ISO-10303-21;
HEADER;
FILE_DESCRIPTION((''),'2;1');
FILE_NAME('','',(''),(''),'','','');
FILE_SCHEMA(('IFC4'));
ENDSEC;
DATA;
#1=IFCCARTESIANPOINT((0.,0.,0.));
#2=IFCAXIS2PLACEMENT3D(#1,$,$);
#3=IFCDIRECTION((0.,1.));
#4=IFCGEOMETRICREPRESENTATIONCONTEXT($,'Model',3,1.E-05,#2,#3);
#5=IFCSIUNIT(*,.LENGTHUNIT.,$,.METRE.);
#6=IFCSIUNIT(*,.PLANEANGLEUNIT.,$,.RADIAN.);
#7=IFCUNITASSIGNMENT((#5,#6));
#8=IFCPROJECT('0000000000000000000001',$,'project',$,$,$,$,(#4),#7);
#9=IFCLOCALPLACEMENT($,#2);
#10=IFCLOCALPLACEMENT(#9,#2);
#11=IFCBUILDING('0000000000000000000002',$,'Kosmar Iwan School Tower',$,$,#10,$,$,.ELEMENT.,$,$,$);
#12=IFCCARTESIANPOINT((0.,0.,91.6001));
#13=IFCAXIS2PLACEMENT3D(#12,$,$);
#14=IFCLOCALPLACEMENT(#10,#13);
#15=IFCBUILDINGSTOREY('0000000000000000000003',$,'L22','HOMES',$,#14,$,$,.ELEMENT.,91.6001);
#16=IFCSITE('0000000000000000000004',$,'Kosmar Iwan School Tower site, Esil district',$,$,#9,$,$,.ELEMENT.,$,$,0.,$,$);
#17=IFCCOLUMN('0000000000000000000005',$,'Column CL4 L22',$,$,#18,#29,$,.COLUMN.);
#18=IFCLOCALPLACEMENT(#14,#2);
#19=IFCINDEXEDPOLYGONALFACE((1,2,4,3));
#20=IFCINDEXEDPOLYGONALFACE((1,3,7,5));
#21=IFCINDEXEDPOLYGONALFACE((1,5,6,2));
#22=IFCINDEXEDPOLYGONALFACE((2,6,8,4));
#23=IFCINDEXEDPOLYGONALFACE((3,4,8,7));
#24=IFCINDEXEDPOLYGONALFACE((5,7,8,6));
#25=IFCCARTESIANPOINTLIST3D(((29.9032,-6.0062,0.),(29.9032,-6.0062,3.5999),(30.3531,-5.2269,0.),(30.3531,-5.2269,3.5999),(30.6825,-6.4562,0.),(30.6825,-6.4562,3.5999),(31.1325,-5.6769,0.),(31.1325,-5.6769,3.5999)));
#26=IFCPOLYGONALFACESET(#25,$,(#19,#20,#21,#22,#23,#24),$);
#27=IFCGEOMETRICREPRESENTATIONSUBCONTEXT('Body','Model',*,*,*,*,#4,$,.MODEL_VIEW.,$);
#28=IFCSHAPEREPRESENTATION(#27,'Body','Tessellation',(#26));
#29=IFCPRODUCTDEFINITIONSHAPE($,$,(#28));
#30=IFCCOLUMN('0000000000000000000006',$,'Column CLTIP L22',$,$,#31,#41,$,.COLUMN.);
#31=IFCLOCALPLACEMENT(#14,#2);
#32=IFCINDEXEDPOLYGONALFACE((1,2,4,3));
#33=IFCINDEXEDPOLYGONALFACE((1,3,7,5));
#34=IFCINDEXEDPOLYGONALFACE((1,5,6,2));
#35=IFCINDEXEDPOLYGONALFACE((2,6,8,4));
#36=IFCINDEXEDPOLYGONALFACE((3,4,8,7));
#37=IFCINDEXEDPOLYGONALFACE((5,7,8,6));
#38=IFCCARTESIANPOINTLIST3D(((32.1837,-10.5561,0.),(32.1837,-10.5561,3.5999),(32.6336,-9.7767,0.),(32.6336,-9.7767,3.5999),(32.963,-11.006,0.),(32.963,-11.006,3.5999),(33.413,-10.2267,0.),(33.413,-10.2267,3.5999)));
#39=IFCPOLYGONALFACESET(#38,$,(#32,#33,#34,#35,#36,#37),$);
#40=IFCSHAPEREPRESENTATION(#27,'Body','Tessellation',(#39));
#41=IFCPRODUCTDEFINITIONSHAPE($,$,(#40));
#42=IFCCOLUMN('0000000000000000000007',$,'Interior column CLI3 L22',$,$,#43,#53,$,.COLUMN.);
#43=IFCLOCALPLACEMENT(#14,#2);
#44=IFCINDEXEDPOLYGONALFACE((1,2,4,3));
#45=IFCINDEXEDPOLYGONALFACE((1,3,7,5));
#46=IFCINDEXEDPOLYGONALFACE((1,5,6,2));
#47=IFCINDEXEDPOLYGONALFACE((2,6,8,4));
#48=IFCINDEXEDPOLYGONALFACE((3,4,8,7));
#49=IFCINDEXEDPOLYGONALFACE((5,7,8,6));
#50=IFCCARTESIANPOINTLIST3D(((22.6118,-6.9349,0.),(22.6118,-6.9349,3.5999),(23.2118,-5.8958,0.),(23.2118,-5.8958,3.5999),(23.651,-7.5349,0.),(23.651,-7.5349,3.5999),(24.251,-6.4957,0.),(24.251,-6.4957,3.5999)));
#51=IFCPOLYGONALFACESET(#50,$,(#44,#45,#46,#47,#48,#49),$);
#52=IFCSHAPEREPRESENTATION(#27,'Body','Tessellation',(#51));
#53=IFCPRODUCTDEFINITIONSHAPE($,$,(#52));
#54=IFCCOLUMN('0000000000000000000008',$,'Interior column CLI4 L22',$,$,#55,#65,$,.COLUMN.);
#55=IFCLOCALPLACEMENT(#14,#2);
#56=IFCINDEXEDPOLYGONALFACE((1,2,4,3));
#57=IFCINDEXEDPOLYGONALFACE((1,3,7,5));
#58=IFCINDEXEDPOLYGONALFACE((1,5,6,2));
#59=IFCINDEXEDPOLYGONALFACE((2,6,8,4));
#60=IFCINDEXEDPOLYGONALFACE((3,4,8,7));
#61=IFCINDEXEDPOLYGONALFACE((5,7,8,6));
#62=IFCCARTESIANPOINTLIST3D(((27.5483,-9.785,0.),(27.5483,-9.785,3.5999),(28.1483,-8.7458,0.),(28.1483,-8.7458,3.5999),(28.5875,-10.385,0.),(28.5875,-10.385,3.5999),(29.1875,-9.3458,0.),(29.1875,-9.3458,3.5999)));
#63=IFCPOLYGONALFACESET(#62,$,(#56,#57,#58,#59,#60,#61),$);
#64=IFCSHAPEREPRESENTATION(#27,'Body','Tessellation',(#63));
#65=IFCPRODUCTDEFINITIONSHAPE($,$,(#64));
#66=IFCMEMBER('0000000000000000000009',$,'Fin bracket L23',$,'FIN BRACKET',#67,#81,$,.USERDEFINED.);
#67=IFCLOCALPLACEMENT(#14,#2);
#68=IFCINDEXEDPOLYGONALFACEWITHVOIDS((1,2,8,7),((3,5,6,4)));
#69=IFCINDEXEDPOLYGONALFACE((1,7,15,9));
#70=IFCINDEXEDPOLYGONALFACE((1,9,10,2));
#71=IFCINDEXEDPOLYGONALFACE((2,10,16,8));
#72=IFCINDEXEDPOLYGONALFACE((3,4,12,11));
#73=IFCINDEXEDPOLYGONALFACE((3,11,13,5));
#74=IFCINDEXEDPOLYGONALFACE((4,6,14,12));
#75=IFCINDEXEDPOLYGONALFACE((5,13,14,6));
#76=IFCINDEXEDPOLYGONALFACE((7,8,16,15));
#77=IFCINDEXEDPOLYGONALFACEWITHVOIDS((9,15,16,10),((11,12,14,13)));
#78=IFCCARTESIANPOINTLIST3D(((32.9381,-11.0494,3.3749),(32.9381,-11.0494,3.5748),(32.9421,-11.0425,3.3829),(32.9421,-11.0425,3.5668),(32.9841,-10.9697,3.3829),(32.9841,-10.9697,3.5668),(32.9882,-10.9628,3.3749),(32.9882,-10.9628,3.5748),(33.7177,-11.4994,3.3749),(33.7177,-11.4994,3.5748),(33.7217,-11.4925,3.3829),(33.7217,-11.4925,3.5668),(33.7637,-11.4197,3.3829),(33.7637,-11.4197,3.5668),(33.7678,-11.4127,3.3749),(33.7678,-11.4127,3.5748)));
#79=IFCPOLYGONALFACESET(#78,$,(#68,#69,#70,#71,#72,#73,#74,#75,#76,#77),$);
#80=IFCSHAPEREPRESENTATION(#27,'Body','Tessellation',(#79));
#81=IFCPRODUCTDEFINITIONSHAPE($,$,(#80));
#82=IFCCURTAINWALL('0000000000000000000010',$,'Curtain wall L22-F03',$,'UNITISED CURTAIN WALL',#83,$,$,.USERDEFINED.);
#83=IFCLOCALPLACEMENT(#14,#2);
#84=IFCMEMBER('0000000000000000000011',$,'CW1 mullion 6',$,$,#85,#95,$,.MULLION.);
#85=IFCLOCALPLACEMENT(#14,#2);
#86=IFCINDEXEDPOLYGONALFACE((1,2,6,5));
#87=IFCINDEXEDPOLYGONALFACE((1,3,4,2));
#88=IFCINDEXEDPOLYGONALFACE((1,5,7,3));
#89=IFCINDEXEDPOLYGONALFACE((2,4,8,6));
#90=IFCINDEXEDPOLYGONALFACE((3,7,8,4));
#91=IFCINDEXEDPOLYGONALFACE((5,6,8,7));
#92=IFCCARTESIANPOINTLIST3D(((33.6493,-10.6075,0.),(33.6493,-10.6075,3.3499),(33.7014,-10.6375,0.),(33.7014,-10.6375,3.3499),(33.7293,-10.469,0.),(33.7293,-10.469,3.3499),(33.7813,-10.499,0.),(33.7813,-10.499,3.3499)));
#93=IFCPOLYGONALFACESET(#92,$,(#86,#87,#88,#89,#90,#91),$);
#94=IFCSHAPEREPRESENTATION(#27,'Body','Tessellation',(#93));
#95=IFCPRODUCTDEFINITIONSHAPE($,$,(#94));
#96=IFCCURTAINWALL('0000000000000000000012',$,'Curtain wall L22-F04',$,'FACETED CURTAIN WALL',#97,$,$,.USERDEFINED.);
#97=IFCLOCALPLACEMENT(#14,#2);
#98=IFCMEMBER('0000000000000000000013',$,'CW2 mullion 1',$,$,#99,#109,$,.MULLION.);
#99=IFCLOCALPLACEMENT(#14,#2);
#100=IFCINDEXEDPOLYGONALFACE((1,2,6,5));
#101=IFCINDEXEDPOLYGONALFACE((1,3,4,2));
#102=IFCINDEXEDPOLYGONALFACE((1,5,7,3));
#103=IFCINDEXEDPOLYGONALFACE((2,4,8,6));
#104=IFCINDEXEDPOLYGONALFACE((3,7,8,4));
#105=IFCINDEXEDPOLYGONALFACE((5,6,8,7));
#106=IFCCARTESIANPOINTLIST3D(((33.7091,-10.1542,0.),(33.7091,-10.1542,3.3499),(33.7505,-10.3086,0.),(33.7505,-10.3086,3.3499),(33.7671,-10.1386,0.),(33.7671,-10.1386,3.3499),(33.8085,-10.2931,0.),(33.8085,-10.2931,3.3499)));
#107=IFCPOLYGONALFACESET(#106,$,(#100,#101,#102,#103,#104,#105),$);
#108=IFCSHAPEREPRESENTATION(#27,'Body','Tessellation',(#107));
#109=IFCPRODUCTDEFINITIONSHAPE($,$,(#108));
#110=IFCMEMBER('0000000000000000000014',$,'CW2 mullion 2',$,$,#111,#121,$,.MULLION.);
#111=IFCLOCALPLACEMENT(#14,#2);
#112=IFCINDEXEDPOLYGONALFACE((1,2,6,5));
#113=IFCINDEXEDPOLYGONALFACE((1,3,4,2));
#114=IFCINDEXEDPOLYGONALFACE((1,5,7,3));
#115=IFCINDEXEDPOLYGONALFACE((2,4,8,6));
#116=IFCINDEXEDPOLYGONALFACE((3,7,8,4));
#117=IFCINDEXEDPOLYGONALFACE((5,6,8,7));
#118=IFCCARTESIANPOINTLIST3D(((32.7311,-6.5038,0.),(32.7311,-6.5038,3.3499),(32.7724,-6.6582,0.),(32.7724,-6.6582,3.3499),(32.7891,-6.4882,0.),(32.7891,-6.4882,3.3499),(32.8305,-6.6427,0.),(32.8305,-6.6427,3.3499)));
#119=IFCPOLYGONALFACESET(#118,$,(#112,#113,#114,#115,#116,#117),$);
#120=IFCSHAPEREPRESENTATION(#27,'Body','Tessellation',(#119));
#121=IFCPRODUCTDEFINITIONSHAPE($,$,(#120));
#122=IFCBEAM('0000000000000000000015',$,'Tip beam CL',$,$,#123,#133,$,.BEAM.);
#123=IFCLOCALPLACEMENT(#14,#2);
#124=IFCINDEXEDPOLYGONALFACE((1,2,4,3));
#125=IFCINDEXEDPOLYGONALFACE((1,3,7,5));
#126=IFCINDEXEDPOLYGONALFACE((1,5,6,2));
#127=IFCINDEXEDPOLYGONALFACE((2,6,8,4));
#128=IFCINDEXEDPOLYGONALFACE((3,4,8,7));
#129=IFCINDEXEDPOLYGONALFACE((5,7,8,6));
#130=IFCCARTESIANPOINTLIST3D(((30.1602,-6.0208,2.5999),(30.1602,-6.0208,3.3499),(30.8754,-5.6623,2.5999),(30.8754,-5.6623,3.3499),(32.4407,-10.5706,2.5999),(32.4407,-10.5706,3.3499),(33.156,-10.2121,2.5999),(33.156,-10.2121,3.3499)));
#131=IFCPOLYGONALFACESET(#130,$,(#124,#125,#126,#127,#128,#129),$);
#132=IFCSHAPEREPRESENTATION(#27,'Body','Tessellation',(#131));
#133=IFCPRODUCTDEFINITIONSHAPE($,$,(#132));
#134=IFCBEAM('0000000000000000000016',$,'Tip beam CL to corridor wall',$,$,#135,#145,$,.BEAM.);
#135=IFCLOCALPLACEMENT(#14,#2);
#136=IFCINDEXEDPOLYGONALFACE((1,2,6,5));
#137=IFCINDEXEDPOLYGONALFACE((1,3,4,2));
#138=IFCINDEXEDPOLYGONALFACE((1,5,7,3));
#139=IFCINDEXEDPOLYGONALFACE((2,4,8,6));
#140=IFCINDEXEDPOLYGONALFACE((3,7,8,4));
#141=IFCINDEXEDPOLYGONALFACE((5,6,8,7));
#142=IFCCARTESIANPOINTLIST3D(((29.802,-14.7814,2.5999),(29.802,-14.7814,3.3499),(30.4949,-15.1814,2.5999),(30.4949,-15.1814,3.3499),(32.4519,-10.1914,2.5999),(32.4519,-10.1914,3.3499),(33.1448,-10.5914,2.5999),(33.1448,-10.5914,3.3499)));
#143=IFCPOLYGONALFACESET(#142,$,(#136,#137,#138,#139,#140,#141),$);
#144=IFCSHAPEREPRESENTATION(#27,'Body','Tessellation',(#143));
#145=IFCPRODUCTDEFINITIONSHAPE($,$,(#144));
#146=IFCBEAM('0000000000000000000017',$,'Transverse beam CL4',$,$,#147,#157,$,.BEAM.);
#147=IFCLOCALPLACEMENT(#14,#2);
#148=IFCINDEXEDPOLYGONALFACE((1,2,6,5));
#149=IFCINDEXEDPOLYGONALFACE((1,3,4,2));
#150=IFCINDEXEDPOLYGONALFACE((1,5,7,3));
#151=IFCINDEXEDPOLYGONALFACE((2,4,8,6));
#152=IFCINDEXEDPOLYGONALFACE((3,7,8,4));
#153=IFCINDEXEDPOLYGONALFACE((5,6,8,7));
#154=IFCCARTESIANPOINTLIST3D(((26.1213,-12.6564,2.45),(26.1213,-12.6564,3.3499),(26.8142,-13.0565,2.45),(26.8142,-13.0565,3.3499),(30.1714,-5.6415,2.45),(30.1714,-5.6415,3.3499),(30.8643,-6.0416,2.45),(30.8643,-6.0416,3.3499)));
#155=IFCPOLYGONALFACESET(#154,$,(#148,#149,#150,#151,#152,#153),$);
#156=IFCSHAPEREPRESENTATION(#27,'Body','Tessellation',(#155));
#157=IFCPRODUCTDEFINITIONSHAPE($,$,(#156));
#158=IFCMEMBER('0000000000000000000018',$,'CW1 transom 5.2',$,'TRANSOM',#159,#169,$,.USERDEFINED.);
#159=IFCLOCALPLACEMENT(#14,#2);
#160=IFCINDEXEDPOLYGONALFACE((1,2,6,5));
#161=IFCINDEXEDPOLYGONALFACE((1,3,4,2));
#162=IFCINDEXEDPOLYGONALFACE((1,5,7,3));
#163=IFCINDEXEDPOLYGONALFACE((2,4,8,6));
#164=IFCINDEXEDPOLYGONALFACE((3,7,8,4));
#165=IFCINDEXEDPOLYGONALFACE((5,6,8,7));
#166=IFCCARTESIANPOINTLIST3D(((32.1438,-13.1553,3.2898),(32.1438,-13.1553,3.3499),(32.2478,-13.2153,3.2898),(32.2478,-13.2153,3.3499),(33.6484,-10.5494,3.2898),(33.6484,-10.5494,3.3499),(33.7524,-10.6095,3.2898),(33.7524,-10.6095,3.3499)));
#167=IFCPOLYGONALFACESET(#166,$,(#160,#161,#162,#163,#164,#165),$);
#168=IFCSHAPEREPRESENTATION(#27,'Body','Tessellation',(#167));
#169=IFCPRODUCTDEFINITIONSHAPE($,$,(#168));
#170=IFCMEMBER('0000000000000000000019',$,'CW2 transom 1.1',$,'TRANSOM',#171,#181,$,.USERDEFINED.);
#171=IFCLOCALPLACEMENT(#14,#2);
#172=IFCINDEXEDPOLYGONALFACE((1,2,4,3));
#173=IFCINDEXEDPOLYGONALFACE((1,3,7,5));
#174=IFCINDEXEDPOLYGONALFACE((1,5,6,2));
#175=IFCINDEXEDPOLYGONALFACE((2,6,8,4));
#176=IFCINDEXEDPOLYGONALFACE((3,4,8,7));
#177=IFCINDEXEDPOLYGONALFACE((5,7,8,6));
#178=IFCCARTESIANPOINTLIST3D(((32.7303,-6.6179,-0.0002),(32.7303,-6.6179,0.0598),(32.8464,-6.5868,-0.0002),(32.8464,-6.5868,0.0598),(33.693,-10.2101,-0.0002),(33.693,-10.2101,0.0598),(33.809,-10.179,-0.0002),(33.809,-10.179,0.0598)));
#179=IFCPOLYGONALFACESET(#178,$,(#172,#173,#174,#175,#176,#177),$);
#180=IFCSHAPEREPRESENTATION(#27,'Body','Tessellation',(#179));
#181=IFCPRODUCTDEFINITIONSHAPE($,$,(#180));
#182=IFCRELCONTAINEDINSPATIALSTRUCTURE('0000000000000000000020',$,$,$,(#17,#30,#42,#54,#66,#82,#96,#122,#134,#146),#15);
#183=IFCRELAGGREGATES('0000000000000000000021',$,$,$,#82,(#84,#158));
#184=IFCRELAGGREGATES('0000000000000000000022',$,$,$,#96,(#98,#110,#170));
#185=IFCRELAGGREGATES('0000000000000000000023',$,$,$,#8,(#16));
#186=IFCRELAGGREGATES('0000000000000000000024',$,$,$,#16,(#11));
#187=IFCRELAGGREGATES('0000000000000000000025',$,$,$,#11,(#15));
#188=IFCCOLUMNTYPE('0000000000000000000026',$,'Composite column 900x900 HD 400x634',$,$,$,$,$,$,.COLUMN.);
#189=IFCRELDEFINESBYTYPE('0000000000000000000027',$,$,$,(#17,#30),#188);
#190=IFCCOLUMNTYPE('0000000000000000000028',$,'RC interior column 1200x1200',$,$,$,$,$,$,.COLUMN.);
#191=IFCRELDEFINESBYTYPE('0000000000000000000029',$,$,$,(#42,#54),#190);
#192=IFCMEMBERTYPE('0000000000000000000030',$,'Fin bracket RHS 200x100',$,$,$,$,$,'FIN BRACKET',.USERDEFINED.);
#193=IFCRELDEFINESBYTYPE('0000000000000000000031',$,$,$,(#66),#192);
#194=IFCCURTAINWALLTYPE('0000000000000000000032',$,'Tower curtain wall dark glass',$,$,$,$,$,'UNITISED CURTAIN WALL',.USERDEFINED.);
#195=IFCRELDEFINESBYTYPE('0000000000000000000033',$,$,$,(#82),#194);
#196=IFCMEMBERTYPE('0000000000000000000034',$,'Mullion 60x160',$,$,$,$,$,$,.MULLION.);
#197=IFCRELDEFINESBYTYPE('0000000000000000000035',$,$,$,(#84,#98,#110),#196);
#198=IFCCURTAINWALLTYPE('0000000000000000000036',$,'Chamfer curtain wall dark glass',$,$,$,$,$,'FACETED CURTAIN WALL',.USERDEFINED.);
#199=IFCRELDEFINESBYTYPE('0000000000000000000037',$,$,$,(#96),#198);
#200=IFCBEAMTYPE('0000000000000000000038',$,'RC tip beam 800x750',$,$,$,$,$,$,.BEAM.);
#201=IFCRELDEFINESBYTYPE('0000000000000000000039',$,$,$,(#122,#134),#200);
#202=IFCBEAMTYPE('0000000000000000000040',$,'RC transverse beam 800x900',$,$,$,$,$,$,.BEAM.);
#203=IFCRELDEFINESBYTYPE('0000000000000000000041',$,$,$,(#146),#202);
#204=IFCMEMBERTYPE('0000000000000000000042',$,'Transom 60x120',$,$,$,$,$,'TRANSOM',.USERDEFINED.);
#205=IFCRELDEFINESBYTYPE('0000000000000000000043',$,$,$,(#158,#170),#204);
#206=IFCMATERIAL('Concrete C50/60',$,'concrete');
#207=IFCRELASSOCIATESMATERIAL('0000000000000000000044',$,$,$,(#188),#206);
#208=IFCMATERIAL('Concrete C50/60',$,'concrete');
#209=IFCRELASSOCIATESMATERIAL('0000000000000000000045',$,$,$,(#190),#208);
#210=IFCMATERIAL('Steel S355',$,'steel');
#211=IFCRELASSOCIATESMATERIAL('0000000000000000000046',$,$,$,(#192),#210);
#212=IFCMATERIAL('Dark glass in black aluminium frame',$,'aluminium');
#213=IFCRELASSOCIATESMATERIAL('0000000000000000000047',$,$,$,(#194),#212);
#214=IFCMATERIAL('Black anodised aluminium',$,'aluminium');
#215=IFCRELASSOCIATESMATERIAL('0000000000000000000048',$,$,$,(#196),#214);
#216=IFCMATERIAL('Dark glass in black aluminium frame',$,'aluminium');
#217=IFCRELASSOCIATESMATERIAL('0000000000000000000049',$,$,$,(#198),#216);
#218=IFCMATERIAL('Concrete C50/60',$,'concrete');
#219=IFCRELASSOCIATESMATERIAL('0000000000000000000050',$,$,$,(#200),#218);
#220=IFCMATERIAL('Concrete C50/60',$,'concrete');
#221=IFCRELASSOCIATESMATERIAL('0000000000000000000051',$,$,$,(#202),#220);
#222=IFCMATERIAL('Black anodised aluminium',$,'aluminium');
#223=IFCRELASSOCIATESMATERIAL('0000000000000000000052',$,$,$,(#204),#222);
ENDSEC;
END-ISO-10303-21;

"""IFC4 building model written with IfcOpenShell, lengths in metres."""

from ifc_helpers import new_model, si_unit, direction, frame, origin, origin_2d, place, context, subcontext, project, spatial, rectangle, hollow_rectangle, extrude, material, material_profile, profile_set, type_object, element, aggregate, save


model = new_model("IFC4")

# Units and contexts
model_context = context("Model", 3, precision=1e-05, world=origin(), true_north=direction((0.0, 1.0)))
body_context = subcontext(model_context, "Body", "Model", "MODEL_VIEW")
ifc_project = project(units=[si_unit("LENGTHUNIT", "METRE"), si_unit("PLANEANGLEUNIT", "RADIAN")], contexts=[model_context])

# Site, building, storey
site_placement = place(None, origin())
site = spatial("IfcSite", under=ifc_project, at=site_placement, Name="Kosmar Iwan School Tower site, Esil district", CompositionType="ELEMENT", RefElevation=0.0)
building_placement = place(site_placement, origin())
building = spatial("IfcBuilding", under=site, at=building_placement, Name="Kosmar Iwan School Tower", CompositionType="ELEMENT")
storey_placement = place(building_placement, frame((0.0, 0.0, 91.6001)))
storey = spatial("IfcBuildingStorey", under=building, at=storey_placement, Name="L22", Description="HOMES", CompositionType="ELEMENT", Elevation=91.6001)

# Columns
ifc_material_1 = material(Name="Concrete C50/60", Category="concrete")
ifc_material_profile_1 = material_profile(ifc_material_1, rectangle(XDim=0.8999, YDim=0.8999, at=origin_2d()), Name="RC 900x900 + HD 400x634")
ifc_profile_set_1 = profile_set([ifc_material_profile_1], Name="Concrete C50/60")
column_type_1 = type_object("IfcColumnType", Name="Composite column 900x900 HD 400x634", PredefinedType="COLUMN", material=ifc_profile_set_1)
for number, where, z_axis, x_axis, name in (
    (1, (30.5178, -5.8416, 0.0), (0.0, 0.0, 1.0), (0.866025, -0.5, 0.0), "Column CL4 L22"),
    (2, (32.7983, -10.3914, 0.0), (0.0, 0.0, 1.0), (0.866025, -0.5, 0.0), "Column CLTIP L22"),
):
    element("IfcColumn", number, at=place(storey_placement, frame(where, z_axis=z_axis, x_axis=x_axis)), inside=storey, type_object=column_type_1, Name=name, PredefinedType="COLUMN", context=body_context, shape_type="SweptSolid", body=[
        extrude(rectangle(XDim=0.8999, YDim=0.8999, at=origin_2d()), origin(), (0.0, 0.0, 1.0), 3.5999),
    ])
ifc_material_2 = material(Name="Concrete C50/60", Category="concrete")
ifc_material_profile_2 = material_profile(ifc_material_2, rectangle(XDim=1.2, YDim=1.2, at=origin_2d()), Name="RC 1200x1200")
ifc_profile_set_2 = profile_set([ifc_material_profile_2], Name="Concrete C50/60")
column_type_2 = type_object("IfcColumnType", Name="RC interior column 1200x1200", PredefinedType="COLUMN", material=ifc_profile_set_2)
for number, where, z_axis, x_axis, name in (
    (3, (23.4314, -6.7153, 0.0), (0.0, 0.0, 1.0), (0.866025, -0.5, 0.0), "Interior column CLI3 L22"),
    (4, (28.3679, -9.5654, 0.0), (0.0, 0.0, 1.0), (0.866025, -0.5, 0.0), "Interior column CLI4 L22"),
):
    element("IfcColumn", number, at=place(storey_placement, frame(where, z_axis=z_axis, x_axis=x_axis)), inside=storey, type_object=column_type_2, Name=name, PredefinedType="COLUMN", context=body_context, shape_type="SweptSolid", body=[
        extrude(rectangle(XDim=1.2, YDim=1.2, at=origin_2d()), origin(), (0.0, 0.0, 1.0), 3.5999),
    ])

# Member
ifc_material_3 = material(Name="Steel S355", Category="steel")
ifc_material_profile_3 = material_profile(ifc_material_3, hollow_rectangle(XDim=0.1001, YDim=0.2, WallThickness=0.0081, at=origin_2d()), Name="RHS 200x100x8")
ifc_profile_set_3 = profile_set([ifc_material_profile_3], Name="Steel S355")
member_type_1 = type_object("IfcMemberType", Name="Fin bracket RHS 200x100", ElementType="FIN BRACKET", PredefinedType="USERDEFINED", material=ifc_profile_set_3)
member_1_placement = place(storey_placement, frame((32.9631, -11.0061, 3.4749), z_axis=(0.866082, -0.499902, 0.0), x_axis=(0.499902, 0.866082, 0.0)))
element("IfcMember", 5, at=member_1_placement, inside=storey, type_object=member_type_1, Name="Fin bracket L23", ObjectType="FIN BRACKET", PredefinedType="USERDEFINED", context=body_context, shape_type="SweptSolid", body=[
    extrude(hollow_rectangle(XDim=0.1001, YDim=0.2, WallThickness=0.0081, at=origin_2d()), origin(), (0.0, 0.0, 1.0), 0.9001),
])

# Curtain wall, member
ifc_material_4 = material(Name="Dark glass in black aluminium frame", Category="aluminium")
curtain_wall_type_1 = type_object("IfcCurtainWallType", Name="Tower curtain wall dark glass", ElementType="UNITISED CURTAIN WALL", PredefinedType="USERDEFINED", material=ifc_material_4)
curtain_wall_1_placement = place(storey_placement, origin())
curtain_wall_1 = element("IfcCurtainWall", 6, at=curtain_wall_1_placement, inside=storey, type_object=curtain_wall_type_1, Name="Curtain wall L22-F03", ObjectType="UNITISED CURTAIN WALL", PredefinedType="USERDEFINED")
ifc_material_5 = material(Name="Black anodised aluminium", Category="aluminium")
ifc_material_profile_4 = material_profile(ifc_material_5, rectangle(XDim=0.0601, YDim=0.1599, at=origin_2d()), Name="MULLION 60x160")
ifc_profile_set_4 = profile_set([ifc_material_profile_4], Name="Black anodised aluminium")
member_type_2 = type_object("IfcMemberType", Name="Mullion 60x160", PredefinedType="MULLION", material=ifc_profile_set_4)
member_2_placement = place(storey_placement, frame((33.7153, -10.5532, 0.0), z_axis=(0.0, 0.0, 1.0), x_axis=(-0.866025, 0.5, 0.0)))
member_2 = element("IfcMember", 7, at=member_2_placement, type_object=member_type_2, Name="CW1 mullion 6", PredefinedType="MULLION", context=body_context, shape_type="SweptSolid", body=[
    extrude(rectangle(XDim=0.0601, YDim=0.1599, at=origin_2d()), origin(), (0.0, 0.0, 1.0), 3.3499),
])

# Curtain wall, members
ifc_material_6 = material(Name="Dark glass in black aluminium frame", Category="aluminium")
curtain_wall_type_2 = type_object("IfcCurtainWallType", Name="Chamfer curtain wall dark glass", ElementType="FACETED CURTAIN WALL", PredefinedType="USERDEFINED", material=ifc_material_6)
curtain_wall_2_placement = place(storey_placement, origin())
curtain_wall_2 = element("IfcCurtainWall", 8, at=curtain_wall_2_placement, inside=storey, type_object=curtain_wall_type_2, Name="Curtain wall L22-F04", ObjectType="FACETED CURTAIN WALL", PredefinedType="USERDEFINED")
member_3_placement = place(storey_placement, frame((33.7588, -10.2236, 0.0), z_axis=(0.0, 0.0, 1.0), x_axis=(-0.965926, -0.258819, 0.0)))
member_3 = element("IfcMember", 9, at=member_3_placement, type_object=member_type_2, Name="CW2 mullion 1", PredefinedType="MULLION", context=body_context, shape_type="SweptSolid", body=[
    extrude(rectangle(XDim=0.0601, YDim=0.1599, at=origin_2d()), origin(), (0.0, 0.0, 1.0), 3.3499),
])
member_4_placement = place(storey_placement, frame((32.7808, -6.5732, 0.0), z_axis=(0.0, 0.0, 1.0), x_axis=(-0.965926, -0.258819, 0.0)))
member_4 = element("IfcMember", 10, at=member_4_placement, type_object=member_type_2, Name="CW2 mullion 2", PredefinedType="MULLION", context=body_context, shape_type="SweptSolid", body=[
    extrude(rectangle(XDim=0.0601, YDim=0.1599, at=origin_2d()), origin(), (0.0, 0.0, 1.0), 3.3499),
])

# Beams
ifc_material_7 = material(Name="Concrete C50/60", Category="concrete")
ifc_material_profile_5 = material_profile(ifc_material_7, rectangle(XDim=0.8, YDim=0.75, at=origin_2d()), Name="RC 800x750")
ifc_profile_set_5 = profile_set([ifc_material_profile_5], Name="Concrete C50/60")
beam_type_1 = type_object("IfcBeamType", Name="RC tip beam 800x750", PredefinedType="BEAM", material=ifc_profile_set_5)
beam_1_placement = place(storey_placement, frame((30.5178, -5.8416, 2.9749), z_axis=(0.448096, -0.893985, 0.0), x_axis=(0.893985, 0.448096, 0.0)))
element("IfcBeam", 11, at=beam_1_placement, inside=storey, type_object=beam_type_1, Name="Tip beam CL", PredefinedType="BEAM", context=body_context, shape_type="SweptSolid", body=[
    extrude(rectangle(XDim=0.8, YDim=0.75, at=origin_2d()), origin(), (0.0, 0.0, 1.0), 5.0894),
])
beam_2_placement = place(storey_placement, frame((32.7983, -10.3914, 2.9749), z_axis=(-0.499974, -0.866041, 0.0), x_axis=(0.866041, -0.499974, 0.0)))
element("IfcBeam", 12, at=beam_2_placement, inside=storey, type_object=beam_type_1, Name="Tip beam CL to corridor wall", PredefinedType="BEAM", context=body_context, shape_type="SweptSolid", body=[
    extrude(rectangle(XDim=0.8, YDim=0.75, at=origin_2d()), origin(), (0.0, 0.0, 1.0), 5.3),
])
ifc_material_8 = material(Name="Concrete C50/60", Category="concrete")
ifc_material_profile_6 = material_profile(ifc_material_8, rectangle(XDim=0.8, YDim=0.8999, at=origin_2d()), Name="RC 800x900")
ifc_profile_set_6 = profile_set([ifc_material_profile_6], Name="Concrete C50/60")
beam_type_2 = type_object("IfcBeamType", Name="RC transverse beam 800x900", PredefinedType="BEAM", material=ifc_profile_set_6)
beam_3_placement = place(storey_placement, frame((30.5178, -5.8416, 2.8999), z_axis=(-0.5, -0.866025, 0.0), x_axis=(0.866025, -0.5, 0.0)))
element("IfcBeam", 13, at=beam_3_placement, inside=storey, type_object=beam_type_2, Name="Transverse beam CL4", PredefinedType="BEAM", context=body_context, shape_type="SweptSolid", body=[
    extrude(rectangle(XDim=0.8, YDim=0.8999, at=origin_2d()), origin(), (0.0, 0.0, 1.0), 8.1001),
])

# Members
ifc_material_9 = material(Name="Black anodised aluminium", Category="aluminium")
ifc_material_profile_7 = material_profile(ifc_material_9, rectangle(XDim=0.1201, YDim=0.0601, at=origin_2d()), Name="TRANSOM 60x120")
ifc_profile_set_7 = profile_set([ifc_material_profile_7], Name="Black anodised aluminium")
member_type_3 = type_object("IfcMemberType", Name="Transom 60x120", ElementType="TRANSOM", PredefinedType="USERDEFINED", material=ifc_profile_set_7)
member_5_placement = place(storey_placement, frame((32.1958, -13.1853, 3.3198), z_axis=(0.500022, 0.866013, 0.0), x_axis=(-0.866013, 0.500022, 0.0)))
member_5 = element("IfcMember", 14, at=member_5_placement, type_object=member_type_3, Name="CW1 transom 5.2", ObjectType="TRANSOM", PredefinedType="USERDEFINED", context=body_context, shape_type="SweptSolid", body=[
    extrude(rectangle(XDim=0.1201, YDim=0.0601, at=origin_2d()), origin(), (0.0, 0.0, 1.0), 3.009),
])
member_6_placement = place(storey_placement, frame((33.751, -10.1946, 0.0298), z_axis=(-0.258843, 0.965919, 0.0), x_axis=(-0.965919, -0.258843, 0.0)))
member_6 = element("IfcMember", 15, at=member_6_placement, type_object=member_type_3, Name="CW2 transom 1.1", ObjectType="TRANSOM", PredefinedType="USERDEFINED", context=body_context, shape_type="SweptSolid", body=[
    extrude(rectangle(XDim=0.1201, YDim=0.0601, at=origin_2d()), origin(), (0.0, 0.0, 1.0), 3.719),
])

aggregate(curtain_wall_1, [member_2, member_5])
aggregate(curtain_wall_2, [member_3, member_4, member_6])

save(model, "model.ifc")
